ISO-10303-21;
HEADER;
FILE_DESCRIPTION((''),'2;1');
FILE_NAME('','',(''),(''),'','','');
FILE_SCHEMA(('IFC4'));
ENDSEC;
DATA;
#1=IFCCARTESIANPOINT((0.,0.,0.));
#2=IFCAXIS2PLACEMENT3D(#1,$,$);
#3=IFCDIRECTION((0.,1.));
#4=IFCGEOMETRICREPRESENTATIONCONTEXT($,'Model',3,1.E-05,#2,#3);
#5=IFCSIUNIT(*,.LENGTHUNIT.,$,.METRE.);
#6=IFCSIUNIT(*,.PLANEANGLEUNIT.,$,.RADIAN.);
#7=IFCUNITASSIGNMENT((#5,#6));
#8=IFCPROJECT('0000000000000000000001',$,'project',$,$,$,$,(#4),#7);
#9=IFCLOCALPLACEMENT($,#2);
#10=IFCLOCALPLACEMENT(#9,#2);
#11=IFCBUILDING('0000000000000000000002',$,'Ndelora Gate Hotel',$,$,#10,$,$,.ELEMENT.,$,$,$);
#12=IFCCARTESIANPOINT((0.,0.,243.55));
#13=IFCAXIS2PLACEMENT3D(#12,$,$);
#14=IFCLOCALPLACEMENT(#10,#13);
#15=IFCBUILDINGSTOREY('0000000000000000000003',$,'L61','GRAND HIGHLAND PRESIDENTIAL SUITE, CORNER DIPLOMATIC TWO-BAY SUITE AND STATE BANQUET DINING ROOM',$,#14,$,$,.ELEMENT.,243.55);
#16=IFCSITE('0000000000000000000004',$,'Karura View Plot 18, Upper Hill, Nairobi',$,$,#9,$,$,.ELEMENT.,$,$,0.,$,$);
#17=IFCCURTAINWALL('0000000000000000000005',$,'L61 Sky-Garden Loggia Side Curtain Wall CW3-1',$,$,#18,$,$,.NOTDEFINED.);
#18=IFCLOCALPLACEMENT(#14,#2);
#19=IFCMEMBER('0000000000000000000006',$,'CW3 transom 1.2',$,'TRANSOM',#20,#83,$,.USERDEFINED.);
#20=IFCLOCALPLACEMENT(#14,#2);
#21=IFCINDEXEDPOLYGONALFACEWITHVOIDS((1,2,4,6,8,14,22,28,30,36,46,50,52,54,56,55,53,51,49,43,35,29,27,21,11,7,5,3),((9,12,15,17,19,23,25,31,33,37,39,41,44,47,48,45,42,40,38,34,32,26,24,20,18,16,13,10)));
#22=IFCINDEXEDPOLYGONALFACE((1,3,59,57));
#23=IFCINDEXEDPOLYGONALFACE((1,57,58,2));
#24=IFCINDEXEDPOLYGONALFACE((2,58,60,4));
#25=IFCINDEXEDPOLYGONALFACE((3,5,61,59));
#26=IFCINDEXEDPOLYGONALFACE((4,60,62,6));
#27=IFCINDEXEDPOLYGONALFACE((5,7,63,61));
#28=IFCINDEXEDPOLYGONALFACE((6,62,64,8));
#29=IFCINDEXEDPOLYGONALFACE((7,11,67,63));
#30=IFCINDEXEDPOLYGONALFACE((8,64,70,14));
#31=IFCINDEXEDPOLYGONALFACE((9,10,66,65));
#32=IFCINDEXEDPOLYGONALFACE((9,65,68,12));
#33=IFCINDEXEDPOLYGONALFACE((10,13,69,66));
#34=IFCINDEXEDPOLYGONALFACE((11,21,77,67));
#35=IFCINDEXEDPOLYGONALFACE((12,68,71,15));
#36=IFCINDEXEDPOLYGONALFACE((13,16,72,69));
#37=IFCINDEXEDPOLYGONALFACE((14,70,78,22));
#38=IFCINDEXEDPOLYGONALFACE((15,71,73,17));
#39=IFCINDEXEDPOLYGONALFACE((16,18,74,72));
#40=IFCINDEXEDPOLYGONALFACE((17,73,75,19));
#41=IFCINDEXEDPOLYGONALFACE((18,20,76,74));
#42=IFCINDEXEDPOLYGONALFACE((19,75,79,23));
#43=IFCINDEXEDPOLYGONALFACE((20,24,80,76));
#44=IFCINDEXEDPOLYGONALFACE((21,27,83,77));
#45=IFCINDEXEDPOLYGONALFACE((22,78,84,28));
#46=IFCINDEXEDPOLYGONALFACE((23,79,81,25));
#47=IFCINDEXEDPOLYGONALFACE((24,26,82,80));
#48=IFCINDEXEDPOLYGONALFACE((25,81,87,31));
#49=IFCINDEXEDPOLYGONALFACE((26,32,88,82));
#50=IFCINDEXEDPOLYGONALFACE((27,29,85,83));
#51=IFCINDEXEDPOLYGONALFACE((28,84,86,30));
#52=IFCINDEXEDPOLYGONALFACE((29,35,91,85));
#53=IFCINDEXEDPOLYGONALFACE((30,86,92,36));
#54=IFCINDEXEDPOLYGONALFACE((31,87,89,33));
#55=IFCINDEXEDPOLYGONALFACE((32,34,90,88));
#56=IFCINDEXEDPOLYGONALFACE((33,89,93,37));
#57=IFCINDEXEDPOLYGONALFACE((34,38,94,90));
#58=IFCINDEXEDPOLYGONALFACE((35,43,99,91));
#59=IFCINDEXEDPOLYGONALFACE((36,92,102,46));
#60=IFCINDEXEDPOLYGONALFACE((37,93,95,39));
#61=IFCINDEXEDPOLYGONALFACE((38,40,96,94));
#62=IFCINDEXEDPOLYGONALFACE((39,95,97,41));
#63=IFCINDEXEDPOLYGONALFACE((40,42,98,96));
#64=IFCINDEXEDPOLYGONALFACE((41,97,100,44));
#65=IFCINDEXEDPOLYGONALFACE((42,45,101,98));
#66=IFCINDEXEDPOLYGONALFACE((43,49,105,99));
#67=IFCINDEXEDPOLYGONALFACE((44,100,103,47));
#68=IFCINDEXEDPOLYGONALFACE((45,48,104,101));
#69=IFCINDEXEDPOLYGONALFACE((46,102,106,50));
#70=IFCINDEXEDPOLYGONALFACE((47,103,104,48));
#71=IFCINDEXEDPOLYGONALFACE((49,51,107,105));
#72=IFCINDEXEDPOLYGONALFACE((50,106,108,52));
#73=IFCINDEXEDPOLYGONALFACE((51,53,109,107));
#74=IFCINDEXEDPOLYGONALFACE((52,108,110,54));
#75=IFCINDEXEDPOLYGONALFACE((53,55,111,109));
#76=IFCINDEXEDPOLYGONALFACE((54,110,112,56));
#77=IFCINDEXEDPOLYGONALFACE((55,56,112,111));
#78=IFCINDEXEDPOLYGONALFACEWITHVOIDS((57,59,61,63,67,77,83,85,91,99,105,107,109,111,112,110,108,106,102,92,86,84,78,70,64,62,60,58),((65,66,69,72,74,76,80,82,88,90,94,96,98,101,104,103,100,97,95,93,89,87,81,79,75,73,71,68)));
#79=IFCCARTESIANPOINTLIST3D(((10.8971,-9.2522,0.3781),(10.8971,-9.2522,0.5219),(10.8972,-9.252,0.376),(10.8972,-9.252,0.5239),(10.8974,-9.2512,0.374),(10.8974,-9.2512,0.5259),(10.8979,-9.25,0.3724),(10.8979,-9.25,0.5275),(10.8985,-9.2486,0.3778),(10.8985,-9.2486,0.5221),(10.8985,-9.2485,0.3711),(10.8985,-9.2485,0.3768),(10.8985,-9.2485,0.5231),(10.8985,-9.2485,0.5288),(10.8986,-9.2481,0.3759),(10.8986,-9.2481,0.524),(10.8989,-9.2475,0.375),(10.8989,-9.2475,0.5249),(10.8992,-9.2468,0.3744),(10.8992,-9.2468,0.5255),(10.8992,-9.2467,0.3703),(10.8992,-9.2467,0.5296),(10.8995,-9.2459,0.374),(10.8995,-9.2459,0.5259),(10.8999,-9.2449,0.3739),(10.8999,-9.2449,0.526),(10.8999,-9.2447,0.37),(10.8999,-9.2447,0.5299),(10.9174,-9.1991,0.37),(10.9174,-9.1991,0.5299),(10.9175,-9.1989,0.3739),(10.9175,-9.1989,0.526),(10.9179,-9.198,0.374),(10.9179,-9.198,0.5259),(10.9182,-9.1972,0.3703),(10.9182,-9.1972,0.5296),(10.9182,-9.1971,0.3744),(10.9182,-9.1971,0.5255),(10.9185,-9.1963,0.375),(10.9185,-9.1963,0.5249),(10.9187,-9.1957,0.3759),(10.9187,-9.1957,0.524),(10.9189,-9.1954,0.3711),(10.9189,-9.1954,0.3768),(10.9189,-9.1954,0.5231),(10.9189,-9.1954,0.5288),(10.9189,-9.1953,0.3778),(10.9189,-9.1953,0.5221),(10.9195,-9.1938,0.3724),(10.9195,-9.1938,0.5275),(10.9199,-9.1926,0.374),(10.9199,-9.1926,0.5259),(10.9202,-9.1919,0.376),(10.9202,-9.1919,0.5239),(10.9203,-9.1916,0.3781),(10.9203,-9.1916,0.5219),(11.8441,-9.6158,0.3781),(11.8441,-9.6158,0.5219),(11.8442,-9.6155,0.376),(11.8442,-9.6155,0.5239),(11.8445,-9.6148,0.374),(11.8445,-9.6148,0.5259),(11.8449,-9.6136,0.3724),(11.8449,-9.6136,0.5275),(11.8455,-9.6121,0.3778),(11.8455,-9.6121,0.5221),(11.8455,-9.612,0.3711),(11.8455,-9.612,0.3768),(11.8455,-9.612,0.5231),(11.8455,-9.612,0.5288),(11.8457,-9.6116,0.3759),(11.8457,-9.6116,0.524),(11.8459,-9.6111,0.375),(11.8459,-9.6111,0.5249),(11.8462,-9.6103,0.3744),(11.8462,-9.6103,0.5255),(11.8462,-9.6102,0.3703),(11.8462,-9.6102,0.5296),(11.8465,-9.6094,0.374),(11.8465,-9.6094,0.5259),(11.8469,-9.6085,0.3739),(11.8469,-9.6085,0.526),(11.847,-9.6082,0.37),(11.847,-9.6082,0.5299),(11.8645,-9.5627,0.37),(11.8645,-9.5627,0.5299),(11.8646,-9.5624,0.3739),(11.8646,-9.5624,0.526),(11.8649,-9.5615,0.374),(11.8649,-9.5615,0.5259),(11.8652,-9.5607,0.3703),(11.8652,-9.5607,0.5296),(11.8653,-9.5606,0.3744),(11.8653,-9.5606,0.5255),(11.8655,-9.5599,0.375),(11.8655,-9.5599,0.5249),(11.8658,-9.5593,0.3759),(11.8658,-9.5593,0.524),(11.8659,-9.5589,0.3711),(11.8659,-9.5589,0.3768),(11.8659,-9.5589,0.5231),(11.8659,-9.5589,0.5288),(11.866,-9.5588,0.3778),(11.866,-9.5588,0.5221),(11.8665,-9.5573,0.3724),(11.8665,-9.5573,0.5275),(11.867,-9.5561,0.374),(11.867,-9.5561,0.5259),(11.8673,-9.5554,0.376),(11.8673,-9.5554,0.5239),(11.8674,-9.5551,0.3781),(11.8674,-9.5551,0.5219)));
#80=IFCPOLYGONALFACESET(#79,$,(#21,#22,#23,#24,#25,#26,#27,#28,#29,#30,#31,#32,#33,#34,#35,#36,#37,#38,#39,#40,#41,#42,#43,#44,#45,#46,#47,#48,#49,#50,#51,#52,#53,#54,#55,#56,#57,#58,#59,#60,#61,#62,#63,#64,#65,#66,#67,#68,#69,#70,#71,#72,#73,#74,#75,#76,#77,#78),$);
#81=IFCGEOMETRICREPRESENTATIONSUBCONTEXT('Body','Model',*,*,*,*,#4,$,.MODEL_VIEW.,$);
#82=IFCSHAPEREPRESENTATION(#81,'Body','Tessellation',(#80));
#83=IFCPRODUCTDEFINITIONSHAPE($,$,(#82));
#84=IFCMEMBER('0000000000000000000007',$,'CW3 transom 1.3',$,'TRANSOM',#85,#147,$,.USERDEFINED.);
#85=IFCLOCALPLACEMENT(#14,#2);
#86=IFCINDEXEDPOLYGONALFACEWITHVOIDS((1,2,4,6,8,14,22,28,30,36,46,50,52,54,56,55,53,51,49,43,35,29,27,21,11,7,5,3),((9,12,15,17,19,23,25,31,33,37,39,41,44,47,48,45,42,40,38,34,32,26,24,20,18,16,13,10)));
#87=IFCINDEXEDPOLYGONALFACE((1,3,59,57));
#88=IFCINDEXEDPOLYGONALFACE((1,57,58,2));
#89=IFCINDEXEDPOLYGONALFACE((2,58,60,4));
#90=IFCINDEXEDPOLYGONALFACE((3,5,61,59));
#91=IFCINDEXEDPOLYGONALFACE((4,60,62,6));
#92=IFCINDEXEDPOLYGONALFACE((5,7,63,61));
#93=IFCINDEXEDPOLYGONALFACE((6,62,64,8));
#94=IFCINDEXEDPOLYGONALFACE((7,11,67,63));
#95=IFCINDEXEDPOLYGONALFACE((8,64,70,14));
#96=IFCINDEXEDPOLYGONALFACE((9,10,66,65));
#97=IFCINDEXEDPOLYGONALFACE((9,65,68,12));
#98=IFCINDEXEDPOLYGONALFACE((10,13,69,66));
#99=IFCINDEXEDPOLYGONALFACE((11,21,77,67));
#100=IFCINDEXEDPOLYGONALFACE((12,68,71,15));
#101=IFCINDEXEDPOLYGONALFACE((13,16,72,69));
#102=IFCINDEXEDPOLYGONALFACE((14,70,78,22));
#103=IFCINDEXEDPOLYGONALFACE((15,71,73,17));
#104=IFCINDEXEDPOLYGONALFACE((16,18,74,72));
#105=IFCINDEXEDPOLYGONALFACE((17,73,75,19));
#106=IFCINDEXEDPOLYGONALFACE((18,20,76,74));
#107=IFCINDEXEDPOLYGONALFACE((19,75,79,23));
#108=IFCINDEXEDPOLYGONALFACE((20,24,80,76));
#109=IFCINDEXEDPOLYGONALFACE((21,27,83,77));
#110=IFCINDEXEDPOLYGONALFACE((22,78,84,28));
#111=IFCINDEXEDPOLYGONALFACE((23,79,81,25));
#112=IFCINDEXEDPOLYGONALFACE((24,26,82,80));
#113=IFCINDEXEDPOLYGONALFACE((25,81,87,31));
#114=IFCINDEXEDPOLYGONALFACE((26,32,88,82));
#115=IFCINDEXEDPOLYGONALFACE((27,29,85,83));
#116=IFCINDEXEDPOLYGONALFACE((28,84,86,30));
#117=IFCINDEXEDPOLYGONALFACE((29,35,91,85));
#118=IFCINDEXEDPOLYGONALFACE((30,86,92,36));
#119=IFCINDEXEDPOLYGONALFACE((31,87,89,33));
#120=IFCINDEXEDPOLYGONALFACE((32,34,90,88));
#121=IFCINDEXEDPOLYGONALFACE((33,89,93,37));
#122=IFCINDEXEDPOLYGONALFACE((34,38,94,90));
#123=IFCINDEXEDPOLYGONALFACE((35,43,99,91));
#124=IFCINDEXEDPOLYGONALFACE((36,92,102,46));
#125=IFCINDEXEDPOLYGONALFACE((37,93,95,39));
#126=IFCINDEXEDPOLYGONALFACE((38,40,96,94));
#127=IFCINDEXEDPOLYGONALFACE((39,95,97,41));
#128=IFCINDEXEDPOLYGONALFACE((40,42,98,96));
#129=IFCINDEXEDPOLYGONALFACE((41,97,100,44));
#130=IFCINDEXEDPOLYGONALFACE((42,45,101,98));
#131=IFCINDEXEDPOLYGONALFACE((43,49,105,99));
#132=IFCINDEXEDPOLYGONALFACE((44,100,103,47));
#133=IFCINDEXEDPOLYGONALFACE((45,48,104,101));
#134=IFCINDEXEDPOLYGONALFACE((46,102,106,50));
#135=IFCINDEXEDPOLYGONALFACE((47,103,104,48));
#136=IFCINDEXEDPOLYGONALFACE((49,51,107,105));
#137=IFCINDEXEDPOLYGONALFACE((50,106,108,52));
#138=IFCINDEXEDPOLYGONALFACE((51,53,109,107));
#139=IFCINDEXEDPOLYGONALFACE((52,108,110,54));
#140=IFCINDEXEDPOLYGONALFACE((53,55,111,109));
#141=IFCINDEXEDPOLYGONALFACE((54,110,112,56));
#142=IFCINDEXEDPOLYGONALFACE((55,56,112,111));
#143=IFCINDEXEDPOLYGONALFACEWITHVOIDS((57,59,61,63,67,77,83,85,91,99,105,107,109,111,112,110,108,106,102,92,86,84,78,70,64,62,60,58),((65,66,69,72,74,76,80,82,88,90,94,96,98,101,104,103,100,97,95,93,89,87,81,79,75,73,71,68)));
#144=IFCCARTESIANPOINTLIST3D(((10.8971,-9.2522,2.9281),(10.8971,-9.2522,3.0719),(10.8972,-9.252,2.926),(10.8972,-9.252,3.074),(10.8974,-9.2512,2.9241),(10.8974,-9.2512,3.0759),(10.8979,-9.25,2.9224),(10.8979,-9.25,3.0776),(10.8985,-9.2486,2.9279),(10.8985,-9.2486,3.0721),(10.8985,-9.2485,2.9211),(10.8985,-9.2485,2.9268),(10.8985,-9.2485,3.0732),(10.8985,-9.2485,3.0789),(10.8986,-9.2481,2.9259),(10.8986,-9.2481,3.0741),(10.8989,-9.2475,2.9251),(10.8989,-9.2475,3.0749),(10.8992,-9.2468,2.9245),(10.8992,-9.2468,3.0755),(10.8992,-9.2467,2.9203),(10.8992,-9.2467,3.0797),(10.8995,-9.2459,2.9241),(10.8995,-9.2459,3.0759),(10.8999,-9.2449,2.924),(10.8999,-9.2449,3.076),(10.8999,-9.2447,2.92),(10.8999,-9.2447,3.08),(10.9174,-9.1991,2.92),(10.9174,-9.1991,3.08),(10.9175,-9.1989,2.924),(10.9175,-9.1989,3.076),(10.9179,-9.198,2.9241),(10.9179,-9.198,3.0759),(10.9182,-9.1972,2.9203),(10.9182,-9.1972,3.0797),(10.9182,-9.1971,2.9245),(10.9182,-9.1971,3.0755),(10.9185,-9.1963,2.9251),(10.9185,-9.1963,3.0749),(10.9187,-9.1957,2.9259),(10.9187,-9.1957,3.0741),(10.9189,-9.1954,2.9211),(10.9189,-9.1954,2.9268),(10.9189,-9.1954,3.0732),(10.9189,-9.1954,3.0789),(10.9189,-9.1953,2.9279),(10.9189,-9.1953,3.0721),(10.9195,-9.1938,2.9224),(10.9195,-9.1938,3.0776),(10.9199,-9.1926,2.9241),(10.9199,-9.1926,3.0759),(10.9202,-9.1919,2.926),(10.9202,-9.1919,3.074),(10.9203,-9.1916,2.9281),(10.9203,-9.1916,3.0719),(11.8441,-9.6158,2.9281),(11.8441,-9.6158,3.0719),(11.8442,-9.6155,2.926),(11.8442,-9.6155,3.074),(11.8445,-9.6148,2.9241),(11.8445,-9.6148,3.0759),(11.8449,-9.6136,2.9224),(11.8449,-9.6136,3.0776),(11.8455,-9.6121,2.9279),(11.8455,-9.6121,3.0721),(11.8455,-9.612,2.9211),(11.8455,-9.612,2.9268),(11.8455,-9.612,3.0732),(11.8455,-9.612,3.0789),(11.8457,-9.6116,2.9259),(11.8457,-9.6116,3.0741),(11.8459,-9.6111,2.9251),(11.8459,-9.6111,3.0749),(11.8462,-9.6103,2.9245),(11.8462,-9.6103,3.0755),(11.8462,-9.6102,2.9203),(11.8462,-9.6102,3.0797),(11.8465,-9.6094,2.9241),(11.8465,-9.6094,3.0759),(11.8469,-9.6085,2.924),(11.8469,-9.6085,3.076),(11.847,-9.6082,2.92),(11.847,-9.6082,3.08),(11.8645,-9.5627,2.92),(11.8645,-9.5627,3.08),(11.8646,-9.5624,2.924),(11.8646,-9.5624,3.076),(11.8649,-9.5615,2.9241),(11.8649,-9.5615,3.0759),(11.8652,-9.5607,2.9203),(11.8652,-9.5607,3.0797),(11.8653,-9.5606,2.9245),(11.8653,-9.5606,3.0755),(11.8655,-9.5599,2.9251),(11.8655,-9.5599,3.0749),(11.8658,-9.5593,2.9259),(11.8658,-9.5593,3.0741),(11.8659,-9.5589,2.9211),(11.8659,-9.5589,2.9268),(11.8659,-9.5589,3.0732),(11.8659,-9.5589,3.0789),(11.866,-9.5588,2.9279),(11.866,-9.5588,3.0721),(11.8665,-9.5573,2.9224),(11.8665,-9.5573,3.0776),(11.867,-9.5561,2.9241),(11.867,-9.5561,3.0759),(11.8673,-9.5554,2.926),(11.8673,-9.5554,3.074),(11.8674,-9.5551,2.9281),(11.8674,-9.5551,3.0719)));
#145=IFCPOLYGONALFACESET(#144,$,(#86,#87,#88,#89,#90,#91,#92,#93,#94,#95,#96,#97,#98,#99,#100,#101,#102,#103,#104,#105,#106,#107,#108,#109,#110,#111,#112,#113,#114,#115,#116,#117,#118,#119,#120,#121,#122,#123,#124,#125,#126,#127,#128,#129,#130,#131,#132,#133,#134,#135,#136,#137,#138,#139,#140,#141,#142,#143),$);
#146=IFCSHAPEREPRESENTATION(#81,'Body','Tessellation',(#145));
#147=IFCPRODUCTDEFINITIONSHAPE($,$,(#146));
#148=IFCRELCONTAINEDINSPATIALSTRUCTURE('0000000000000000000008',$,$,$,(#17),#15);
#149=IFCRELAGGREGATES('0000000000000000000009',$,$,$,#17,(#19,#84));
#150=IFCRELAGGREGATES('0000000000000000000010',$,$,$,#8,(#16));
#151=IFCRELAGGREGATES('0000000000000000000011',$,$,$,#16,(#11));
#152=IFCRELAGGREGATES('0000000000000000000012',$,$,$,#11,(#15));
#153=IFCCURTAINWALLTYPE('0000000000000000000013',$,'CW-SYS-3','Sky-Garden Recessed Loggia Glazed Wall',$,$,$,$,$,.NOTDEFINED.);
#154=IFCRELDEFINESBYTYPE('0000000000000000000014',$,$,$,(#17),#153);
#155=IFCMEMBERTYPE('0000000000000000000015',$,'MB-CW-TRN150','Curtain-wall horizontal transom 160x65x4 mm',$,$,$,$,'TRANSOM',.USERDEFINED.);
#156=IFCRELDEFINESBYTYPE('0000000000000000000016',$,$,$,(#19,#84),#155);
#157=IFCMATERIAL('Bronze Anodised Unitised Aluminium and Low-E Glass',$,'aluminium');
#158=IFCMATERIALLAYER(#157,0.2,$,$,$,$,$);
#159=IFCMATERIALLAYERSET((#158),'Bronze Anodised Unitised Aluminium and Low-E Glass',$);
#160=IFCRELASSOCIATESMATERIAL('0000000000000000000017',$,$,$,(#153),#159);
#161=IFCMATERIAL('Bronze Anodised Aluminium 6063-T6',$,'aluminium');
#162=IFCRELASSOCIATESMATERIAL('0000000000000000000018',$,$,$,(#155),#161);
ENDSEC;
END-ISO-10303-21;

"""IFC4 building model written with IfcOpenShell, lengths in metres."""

from ifc_helpers import new_model, si_unit, direction, frame, origin, origin_2d, place, context, subcontext, project, spatial, hollow_rectangle, extrude, material, layer, layer_set, material_profile, profile_set, type_object, element, aggregate, save


model = new_model("IFC4")

# Units and contexts
model_context = context("Model", 3, precision=1e-05, world=origin(), true_north=direction((0.0, 1.0)))
body_context = subcontext(model_context, "Body", "Model", "MODEL_VIEW")
ifc_project = project(units=[si_unit("LENGTHUNIT", "METRE"), si_unit("PLANEANGLEUNIT", "RADIAN")], contexts=[model_context])

# Site, building, storey
site_placement = place(None, origin())
site = spatial("IfcSite", under=ifc_project, at=site_placement, Name="Karura View Plot 18, Upper Hill, Nairobi", CompositionType="ELEMENT", RefElevation=0.0)
building_placement = place(site_placement, origin())
building = spatial("IfcBuilding", under=site, at=building_placement, Name="Ndelora Gate Hotel", CompositionType="ELEMENT")
storey_placement = place(building_placement, frame((0.0, 0.0, 243.55)))
storey = spatial("IfcBuildingStorey", under=building, at=storey_placement, Name="L61", Description="GRAND HIGHLAND PRESIDENTIAL SUITE, CORNER DIPLOMATIC TWO-BAY SUITE AND STATE BANQUET DINING ROOM", CompositionType="ELEMENT", Elevation=243.55)

# Curtain wall
ifc_material_1 = material(Name="Bronze Anodised Unitised Aluminium and Low-E Glass", Category="aluminium")
ifc_layer_1 = layer(ifc_material_1, 0.2)
ifc_layer_set_1 = layer_set([ifc_layer_1], Name="Bronze Anodised Unitised Aluminium and Low-E Glass")
curtain_wall_type = type_object("IfcCurtainWallType", Name="CW-SYS-3", Description="Sky-Garden Recessed Loggia Glazed Wall", PredefinedType="NOTDEFINED", material=ifc_layer_set_1)
curtain_wall_1_placement = place(storey_placement, origin())
curtain_wall_1 = element("IfcCurtainWall", 1, at=curtain_wall_1_placement, inside=storey, type_object=curtain_wall_type, Name="L61 Sky-Garden Loggia Side Curtain Wall CW3-1", PredefinedType="NOTDEFINED")
ifc_material_2 = material(Name="Bronze Anodised Aluminium 6063-T6", Category="aluminium")

# Members
ifc_material_profile_1 = material_profile(ifc_material_2, hollow_rectangle(XDim=0.0649, YDim=0.1599, WallThickness=0.0039, InnerFilletRadius=0.0039, OuterFilletRadius=0.0081, at=origin_2d()), Name="ALU 160x65x4")
ifc_profile_set_1 = profile_set([ifc_material_profile_1], Name="Bronze Anodised Aluminium 6063-T6")
member_type_1 = type_object("IfcMemberType", Name="MB-CW-TRN150", Description="Curtain-wall horizontal transom 160x65x4 mm", ElementType="TRANSOM", PredefinedType="USERDEFINED", material=ifc_profile_set_1)
member_1_placement = place(storey_placement, frame((10.9087, -9.2219, 0.45), z_axis=(0.933581, -0.358366, 0.0), x_axis=(0.358366, 0.933581, 0.0)))
member_1 = element("IfcMember", 2, at=member_1_placement, type_object=member_type_1, Name="CW3 transom 1.2", ObjectType="TRANSOM", PredefinedType="USERDEFINED", context=body_context, shape_type="SweptSolid", body=[
    extrude(hollow_rectangle(XDim=0.0649, YDim=0.1599, WallThickness=0.0039, InnerFilletRadius=0.0039, OuterFilletRadius=0.0081, at=origin_2d()), origin(), (0.0, 0.0, 1.0), 1.0144),
])
member_2_placement = place(storey_placement, frame((10.9087, -9.2219, 3.0), z_axis=(0.933581, -0.358366, 0.0), x_axis=(0.358366, 0.933581, 0.0)))
member_2 = element("IfcMember", 3, at=member_2_placement, type_object=member_type_1, Name="CW3 transom 1.3", ObjectType="TRANSOM", PredefinedType="USERDEFINED", context=body_context, shape_type="SweptSolid", body=[
    extrude(hollow_rectangle(XDim=0.0649, YDim=0.1599, WallThickness=0.0039, InnerFilletRadius=0.0039, OuterFilletRadius=0.0081, at=origin_2d()), origin(), (0.0, 0.0, 1.0), 1.0144),
])
aggregate(curtain_wall_1, [member_1, member_2])

save(model, "model.ifc")
